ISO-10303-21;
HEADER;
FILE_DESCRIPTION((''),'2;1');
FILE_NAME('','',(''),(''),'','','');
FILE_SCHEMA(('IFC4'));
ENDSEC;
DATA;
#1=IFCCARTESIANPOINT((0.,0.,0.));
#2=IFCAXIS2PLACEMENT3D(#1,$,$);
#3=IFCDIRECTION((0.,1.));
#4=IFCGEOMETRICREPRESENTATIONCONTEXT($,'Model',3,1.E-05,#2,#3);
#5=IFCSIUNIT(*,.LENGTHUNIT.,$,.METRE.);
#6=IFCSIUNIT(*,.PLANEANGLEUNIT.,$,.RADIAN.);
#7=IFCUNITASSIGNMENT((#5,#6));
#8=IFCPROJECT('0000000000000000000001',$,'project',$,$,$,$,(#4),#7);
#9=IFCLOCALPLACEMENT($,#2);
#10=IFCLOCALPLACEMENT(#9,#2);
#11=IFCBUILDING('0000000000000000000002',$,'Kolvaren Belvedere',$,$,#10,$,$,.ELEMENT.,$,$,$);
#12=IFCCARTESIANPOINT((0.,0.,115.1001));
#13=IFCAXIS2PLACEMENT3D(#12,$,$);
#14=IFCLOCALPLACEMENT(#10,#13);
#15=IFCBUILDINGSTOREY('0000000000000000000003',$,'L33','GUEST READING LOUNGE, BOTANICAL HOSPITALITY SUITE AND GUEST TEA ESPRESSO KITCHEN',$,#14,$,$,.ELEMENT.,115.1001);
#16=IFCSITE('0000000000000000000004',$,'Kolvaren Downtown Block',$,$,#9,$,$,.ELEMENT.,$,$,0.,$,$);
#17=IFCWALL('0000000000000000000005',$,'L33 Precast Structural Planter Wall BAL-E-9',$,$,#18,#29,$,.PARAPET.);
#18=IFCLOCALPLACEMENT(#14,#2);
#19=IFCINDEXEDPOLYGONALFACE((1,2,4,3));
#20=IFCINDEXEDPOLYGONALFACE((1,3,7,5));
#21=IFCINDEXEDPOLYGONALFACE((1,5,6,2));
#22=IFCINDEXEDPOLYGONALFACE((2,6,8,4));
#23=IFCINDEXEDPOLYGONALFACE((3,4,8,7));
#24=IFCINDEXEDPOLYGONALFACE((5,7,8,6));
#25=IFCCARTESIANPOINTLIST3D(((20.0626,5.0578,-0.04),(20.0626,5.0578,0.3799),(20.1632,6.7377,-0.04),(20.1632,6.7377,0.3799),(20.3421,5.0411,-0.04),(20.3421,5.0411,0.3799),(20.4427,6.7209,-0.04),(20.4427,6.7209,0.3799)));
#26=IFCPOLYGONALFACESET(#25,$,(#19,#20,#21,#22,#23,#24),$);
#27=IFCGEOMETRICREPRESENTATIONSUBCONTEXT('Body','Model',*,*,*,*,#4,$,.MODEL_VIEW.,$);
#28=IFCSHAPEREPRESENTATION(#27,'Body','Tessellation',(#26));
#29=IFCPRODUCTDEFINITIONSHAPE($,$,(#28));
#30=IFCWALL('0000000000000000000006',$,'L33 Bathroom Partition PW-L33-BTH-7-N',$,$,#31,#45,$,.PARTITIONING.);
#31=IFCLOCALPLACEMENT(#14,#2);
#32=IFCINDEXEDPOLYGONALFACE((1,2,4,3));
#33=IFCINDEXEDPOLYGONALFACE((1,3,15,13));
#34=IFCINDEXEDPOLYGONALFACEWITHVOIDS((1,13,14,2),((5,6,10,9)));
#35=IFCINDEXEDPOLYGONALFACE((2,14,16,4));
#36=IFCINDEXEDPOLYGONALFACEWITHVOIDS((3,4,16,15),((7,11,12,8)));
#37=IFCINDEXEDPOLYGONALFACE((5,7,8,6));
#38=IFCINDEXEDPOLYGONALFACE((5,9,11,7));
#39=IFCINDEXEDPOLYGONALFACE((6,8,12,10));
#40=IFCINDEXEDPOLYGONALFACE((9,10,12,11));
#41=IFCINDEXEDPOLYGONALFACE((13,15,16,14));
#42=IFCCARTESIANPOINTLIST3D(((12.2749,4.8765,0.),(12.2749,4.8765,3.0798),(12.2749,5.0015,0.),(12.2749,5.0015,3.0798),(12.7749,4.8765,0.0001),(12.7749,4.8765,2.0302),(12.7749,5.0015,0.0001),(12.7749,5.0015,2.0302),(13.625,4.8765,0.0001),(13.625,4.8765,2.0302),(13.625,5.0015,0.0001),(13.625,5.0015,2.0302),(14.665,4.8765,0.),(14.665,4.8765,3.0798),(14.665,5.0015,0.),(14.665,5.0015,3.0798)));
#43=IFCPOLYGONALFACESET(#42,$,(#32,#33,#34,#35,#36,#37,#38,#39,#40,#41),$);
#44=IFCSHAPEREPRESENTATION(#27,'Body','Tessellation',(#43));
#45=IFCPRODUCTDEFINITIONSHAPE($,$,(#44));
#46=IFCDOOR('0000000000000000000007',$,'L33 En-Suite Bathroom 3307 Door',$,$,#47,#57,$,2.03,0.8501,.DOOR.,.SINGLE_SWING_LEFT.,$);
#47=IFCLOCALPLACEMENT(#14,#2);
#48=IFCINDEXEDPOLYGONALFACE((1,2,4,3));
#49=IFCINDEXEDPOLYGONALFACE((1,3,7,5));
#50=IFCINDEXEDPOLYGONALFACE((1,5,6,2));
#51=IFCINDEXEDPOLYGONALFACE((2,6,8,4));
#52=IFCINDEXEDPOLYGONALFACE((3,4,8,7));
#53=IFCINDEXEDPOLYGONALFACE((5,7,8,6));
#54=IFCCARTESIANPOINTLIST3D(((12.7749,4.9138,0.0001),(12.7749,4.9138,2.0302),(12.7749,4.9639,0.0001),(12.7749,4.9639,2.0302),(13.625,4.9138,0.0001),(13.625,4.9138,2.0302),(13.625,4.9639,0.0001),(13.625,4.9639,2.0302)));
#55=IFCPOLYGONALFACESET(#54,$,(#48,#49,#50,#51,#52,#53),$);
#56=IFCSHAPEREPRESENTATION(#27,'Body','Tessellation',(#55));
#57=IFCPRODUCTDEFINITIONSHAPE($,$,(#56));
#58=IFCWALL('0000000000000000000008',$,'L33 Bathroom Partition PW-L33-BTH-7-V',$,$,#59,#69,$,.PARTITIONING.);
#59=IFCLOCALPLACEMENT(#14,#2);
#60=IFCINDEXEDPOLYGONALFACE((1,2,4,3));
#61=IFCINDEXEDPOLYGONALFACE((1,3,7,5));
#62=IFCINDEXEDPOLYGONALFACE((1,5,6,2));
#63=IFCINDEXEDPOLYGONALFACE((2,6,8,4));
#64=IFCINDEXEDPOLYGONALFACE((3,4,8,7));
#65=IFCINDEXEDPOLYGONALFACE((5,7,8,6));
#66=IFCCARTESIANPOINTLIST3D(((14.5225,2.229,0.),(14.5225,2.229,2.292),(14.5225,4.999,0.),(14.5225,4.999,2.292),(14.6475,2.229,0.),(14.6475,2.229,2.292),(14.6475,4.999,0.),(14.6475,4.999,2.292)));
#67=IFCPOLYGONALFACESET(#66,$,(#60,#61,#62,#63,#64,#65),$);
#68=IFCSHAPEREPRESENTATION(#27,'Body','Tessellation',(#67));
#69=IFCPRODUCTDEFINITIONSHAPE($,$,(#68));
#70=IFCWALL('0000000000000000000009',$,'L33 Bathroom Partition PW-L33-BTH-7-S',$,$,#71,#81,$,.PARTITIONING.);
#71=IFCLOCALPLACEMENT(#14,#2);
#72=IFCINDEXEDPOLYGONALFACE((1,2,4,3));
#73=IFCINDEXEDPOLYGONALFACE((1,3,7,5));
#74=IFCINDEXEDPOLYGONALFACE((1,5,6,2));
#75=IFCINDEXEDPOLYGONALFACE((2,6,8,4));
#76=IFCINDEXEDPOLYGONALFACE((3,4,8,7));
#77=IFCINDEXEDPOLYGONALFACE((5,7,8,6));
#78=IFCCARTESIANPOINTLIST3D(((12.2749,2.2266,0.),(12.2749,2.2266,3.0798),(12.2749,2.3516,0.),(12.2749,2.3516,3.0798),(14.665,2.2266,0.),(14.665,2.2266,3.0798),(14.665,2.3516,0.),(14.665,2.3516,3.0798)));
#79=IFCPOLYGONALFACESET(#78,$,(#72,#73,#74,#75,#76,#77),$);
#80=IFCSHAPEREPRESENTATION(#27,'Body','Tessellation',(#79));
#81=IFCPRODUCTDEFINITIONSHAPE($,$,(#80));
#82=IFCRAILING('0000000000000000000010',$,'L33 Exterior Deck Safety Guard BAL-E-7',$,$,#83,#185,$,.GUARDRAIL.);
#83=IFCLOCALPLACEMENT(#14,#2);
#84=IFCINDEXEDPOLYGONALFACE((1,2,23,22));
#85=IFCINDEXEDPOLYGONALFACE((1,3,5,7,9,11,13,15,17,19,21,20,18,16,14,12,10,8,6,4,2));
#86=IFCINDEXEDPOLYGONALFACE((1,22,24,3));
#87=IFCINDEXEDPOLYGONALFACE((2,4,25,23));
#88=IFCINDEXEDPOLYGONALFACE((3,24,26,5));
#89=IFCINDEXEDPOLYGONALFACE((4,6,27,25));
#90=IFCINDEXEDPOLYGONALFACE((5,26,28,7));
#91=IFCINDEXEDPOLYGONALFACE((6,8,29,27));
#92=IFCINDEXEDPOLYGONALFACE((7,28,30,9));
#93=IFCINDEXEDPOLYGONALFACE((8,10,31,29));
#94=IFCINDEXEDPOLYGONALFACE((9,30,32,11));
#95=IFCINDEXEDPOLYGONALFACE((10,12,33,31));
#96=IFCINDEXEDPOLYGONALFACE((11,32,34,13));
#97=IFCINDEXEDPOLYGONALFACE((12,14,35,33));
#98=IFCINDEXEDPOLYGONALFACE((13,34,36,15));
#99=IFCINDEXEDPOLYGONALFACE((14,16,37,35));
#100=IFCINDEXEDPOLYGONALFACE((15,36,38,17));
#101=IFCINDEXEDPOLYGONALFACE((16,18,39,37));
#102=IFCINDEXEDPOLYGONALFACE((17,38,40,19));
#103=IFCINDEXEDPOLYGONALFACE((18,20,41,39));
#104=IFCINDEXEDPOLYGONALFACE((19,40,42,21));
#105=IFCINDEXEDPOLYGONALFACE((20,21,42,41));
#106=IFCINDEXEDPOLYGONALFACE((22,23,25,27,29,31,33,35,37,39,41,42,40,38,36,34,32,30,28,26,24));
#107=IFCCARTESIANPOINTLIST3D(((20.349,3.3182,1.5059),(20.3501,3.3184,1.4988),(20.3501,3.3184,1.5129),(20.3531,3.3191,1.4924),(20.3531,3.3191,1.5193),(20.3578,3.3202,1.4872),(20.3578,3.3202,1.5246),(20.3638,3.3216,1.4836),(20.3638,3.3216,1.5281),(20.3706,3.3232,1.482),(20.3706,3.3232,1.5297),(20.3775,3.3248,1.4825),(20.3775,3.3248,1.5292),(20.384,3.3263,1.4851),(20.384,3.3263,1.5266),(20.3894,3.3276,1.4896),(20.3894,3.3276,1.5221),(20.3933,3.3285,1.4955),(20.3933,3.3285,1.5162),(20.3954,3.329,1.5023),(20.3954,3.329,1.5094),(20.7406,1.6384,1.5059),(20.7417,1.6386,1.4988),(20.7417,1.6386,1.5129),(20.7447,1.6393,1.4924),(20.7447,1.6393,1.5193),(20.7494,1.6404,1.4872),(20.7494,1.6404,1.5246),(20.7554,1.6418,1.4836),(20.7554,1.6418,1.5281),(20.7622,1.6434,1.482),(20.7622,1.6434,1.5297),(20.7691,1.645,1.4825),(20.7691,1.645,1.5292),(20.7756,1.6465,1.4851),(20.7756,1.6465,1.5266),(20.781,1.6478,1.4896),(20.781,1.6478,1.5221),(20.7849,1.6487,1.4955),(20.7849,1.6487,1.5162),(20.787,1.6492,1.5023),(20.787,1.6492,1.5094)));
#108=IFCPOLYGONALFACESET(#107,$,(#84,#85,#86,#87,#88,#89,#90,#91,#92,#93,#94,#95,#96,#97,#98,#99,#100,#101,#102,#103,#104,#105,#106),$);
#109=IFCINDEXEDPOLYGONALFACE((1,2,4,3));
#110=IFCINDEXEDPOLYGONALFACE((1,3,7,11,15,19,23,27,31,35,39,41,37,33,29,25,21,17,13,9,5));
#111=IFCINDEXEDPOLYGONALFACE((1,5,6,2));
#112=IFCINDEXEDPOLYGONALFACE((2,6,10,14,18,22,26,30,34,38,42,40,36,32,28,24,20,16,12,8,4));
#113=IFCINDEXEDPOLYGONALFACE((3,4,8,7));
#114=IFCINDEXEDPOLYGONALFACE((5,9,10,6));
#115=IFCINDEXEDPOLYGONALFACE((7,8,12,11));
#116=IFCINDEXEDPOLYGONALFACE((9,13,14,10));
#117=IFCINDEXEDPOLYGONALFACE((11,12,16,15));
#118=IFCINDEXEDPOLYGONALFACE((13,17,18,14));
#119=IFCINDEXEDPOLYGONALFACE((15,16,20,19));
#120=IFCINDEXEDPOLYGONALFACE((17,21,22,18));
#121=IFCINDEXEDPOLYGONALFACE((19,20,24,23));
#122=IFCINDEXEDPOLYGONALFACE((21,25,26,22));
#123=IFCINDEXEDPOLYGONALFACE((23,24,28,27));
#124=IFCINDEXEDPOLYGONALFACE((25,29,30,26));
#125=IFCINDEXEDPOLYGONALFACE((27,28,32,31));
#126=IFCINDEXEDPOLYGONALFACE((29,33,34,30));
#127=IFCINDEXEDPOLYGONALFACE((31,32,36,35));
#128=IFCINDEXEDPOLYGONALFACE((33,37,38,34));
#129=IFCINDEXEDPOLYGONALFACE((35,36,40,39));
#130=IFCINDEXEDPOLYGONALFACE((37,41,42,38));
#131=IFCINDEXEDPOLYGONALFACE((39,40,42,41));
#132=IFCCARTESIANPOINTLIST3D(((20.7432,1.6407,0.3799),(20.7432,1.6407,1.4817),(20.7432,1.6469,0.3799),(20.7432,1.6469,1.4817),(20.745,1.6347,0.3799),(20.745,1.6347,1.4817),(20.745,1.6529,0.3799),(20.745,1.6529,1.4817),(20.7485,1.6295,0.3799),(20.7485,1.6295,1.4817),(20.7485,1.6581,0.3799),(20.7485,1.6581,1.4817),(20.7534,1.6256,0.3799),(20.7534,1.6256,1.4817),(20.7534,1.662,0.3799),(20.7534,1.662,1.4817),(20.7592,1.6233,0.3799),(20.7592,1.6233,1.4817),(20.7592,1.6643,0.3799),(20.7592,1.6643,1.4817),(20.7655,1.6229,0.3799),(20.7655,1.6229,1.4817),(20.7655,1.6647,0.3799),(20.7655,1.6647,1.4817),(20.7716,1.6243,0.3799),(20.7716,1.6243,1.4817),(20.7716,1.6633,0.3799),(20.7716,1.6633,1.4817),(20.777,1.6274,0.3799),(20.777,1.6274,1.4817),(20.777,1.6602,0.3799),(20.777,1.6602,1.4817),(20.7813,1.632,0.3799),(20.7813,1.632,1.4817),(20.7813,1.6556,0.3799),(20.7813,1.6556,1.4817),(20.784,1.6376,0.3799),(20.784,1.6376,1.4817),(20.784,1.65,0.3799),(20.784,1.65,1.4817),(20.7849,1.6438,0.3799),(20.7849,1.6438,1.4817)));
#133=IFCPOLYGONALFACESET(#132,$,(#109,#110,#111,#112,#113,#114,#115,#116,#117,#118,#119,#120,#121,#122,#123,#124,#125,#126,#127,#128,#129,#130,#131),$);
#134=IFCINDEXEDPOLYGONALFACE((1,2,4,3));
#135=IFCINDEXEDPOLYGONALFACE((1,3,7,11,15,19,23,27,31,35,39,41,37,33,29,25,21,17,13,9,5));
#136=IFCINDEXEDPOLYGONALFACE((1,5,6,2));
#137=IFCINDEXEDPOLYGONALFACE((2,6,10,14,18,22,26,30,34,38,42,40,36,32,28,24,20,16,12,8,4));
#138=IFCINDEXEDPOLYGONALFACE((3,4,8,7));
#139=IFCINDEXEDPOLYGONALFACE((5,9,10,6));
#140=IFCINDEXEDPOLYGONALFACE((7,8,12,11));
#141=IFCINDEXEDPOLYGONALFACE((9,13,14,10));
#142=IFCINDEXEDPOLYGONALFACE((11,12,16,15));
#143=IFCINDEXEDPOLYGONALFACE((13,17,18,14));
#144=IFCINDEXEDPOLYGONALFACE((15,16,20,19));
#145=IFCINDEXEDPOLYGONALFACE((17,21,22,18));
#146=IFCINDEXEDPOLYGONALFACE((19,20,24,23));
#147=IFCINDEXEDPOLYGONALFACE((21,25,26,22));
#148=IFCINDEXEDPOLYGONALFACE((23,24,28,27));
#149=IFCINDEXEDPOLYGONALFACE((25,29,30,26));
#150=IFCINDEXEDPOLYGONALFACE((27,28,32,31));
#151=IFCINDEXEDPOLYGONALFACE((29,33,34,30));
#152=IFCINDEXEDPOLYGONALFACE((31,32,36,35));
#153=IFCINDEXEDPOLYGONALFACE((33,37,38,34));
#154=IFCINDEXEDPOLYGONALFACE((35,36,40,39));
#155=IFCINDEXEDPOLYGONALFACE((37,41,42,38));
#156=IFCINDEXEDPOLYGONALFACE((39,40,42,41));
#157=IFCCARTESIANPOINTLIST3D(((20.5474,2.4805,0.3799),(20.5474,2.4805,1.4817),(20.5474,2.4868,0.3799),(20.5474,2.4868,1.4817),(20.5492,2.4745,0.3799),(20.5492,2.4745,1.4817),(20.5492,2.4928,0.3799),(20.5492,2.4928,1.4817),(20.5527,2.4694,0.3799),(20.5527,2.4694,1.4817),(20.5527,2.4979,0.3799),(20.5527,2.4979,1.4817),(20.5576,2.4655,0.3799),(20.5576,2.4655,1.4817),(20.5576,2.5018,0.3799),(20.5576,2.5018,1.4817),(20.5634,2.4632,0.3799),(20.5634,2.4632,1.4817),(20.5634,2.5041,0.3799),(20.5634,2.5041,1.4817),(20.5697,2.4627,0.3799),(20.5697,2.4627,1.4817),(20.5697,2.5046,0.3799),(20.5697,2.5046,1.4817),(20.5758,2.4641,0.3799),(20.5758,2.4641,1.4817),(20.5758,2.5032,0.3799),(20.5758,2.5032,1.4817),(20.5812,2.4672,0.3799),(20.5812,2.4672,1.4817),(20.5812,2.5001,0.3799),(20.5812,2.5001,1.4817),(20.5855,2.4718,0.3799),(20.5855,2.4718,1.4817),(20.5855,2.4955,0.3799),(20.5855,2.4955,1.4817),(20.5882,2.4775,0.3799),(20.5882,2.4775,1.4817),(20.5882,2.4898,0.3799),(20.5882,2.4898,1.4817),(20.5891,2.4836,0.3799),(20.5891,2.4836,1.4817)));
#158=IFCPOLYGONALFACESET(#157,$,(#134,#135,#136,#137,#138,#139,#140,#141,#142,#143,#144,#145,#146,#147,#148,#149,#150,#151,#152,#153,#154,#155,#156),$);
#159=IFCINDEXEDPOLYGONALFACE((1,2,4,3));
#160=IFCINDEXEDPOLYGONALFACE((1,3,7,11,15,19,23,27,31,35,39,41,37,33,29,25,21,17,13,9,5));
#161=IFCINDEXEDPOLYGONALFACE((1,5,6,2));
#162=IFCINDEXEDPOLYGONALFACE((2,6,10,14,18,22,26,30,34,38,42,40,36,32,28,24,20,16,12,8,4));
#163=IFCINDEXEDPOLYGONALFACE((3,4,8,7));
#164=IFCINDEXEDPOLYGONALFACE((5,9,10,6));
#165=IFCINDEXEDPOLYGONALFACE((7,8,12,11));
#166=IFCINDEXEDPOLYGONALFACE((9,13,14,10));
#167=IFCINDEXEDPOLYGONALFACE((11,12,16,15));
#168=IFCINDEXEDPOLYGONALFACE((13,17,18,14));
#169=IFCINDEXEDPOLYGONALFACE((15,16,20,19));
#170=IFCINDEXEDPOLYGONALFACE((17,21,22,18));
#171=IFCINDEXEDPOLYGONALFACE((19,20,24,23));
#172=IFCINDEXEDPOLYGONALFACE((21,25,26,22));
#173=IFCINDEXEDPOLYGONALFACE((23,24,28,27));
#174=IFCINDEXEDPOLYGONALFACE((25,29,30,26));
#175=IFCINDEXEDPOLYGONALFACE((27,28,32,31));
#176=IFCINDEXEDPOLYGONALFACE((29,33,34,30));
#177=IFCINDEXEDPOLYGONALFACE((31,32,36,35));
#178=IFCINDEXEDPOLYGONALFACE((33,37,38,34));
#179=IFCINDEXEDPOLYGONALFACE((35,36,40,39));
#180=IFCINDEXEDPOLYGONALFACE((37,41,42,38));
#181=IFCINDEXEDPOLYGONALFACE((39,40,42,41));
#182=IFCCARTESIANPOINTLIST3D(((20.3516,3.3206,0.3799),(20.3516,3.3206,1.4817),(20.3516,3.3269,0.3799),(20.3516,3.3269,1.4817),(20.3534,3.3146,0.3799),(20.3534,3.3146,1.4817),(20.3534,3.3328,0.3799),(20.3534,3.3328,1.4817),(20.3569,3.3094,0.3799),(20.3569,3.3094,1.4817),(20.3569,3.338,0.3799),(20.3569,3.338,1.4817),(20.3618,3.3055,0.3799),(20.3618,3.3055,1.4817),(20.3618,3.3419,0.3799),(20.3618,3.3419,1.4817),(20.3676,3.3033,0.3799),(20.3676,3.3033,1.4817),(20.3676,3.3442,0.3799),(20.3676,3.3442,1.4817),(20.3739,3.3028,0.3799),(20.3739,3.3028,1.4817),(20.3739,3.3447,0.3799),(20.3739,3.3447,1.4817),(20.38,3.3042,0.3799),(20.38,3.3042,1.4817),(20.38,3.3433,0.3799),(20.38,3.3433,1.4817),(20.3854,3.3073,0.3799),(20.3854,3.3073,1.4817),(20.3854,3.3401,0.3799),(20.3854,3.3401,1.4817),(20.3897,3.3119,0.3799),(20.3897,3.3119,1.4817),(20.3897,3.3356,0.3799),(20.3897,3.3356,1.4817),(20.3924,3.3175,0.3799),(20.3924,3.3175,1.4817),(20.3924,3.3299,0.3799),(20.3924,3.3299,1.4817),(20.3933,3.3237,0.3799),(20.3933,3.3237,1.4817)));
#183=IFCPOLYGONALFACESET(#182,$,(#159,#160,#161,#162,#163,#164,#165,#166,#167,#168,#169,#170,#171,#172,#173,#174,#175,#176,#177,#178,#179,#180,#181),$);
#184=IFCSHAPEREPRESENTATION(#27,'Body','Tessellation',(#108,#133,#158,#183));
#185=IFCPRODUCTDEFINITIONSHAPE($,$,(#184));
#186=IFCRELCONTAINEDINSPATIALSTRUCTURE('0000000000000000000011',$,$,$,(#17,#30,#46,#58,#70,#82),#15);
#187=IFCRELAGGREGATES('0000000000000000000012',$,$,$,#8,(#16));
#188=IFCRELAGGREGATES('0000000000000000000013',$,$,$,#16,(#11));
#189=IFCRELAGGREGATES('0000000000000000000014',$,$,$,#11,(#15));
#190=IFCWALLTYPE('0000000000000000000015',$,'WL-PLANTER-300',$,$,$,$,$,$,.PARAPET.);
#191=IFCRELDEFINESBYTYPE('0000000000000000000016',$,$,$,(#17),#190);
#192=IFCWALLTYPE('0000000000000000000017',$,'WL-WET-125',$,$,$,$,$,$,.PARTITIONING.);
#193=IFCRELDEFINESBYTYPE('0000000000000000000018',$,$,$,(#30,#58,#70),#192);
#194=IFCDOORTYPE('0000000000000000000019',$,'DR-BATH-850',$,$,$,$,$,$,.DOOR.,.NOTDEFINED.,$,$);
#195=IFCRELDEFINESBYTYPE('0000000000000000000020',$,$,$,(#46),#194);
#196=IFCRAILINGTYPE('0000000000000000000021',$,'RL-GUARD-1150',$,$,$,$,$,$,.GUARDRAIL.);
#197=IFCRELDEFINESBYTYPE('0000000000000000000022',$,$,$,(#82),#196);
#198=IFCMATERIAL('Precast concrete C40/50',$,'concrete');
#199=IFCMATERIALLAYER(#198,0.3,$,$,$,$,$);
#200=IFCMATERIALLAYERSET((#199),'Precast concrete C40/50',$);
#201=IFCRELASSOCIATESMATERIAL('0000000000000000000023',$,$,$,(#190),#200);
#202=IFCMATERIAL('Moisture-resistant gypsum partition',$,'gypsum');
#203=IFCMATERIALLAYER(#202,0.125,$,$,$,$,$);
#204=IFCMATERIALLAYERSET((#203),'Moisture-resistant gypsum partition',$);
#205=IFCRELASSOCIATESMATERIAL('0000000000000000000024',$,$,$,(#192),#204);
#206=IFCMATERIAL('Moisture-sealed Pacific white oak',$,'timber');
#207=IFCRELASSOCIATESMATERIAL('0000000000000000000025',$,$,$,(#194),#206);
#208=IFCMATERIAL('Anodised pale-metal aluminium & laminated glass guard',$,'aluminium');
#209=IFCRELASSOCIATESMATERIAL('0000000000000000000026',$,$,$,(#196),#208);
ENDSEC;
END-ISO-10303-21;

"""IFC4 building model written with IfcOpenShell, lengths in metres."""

from ifc_helpers import new_model, si_unit, direction, frame, frame_2d, origin, origin_2d, place, context, subcontext, project, spatial, rectangle, circle, extrude, material, layer, layer_set, type_object, element, fill, save


model = new_model("IFC4")

# Units and contexts
model_context = context("Model", 3, precision=1e-05, world=origin(), true_north=direction((0.0, 1.0)))
body_context = subcontext(model_context, "Body", "Model", "MODEL_VIEW")
ifc_project = project(units=[si_unit("LENGTHUNIT", "METRE"), si_unit("PLANEANGLEUNIT", "RADIAN")], contexts=[model_context])

# Site, building, storey
site_placement = place(None, origin())
site = spatial("IfcSite", under=ifc_project, at=site_placement, Name="Kolvaren Downtown Block", CompositionType="ELEMENT", RefElevation=0.0)
building_placement = place(site_placement, origin())
building = spatial("IfcBuilding", under=site, at=building_placement, Name="Kolvaren Belvedere", CompositionType="ELEMENT")
storey_placement = place(building_placement, frame((0.0, 0.0, 115.1001)))
storey = spatial("IfcBuildingStorey", under=building, at=storey_placement, Name="L33", Description="GUEST READING LOUNGE, BOTANICAL HOSPITALITY SUITE AND GUEST TEA ESPRESSO KITCHEN", CompositionType="ELEMENT", Elevation=115.1001)

# Wall
ifc_material_1 = material(Name="Precast concrete C40/50", Category="concrete")
ifc_layer_1 = layer(ifc_material_1, 0.3)
ifc_layer_set_1 = layer_set([ifc_layer_1], Name="Precast concrete C40/50")
wall_type_1 = type_object("IfcWallType", Name="WL-PLANTER-300", PredefinedType="PARAPET", material=ifc_layer_set_1)
wall_1_placement = place(storey_placement, frame((20.2024, 5.0496, -0.04), z_axis=(0.0, 0.0, 1.0), x_axis=(0.059768, 0.998212, 0.0)))
element("IfcWall", 1, at=wall_1_placement, inside=storey, type_object=wall_type_1, Name="L33 Precast Structural Planter Wall BAL-E-9", PredefinedType="PARAPET", context=body_context, shape_type="SweptSolid", body=[
    extrude(rectangle(XDim=1.6829, YDim=0.28, at=frame_2d((0.8413, 0.0))), origin(), (0.0, 0.0, 1.0), 0.4199),
])

# Wall, opening, door
ifc_material_2 = material(Name="Moisture-resistant gypsum partition", Category="gypsum")
ifc_layer_2 = layer(ifc_material_2, 0.125)
ifc_layer_set_2 = layer_set([ifc_layer_2], Name="Moisture-resistant gypsum partition")
wall_type_2 = type_object("IfcWallType", Name="WL-WET-125", PredefinedType="PARTITIONING", material=ifc_layer_set_2)
wall_2_placement = place(storey_placement, frame((12.2749, 4.939, 0.0), z_axis=(0.0, 0.0, 1.0), x_axis=(1.0, 0.0, 0.0)))
wall_2 = element("IfcWall", 2, at=wall_2_placement, inside=storey, type_object=wall_type_2, Name="L33 Bathroom Partition PW-L33-BTH-7-N", PredefinedType="PARTITIONING", context=body_context, shape_type="SweptSolid", body=[
    extrude(rectangle(XDim=2.3901, YDim=0.125, at=frame_2d((1.1951, 0.0))), origin(), (0.0, 0.0, 1.0), 3.0798),
])
opening_1_placement = place(wall_2_placement, frame((0.5, 0.0, 0.0)))
opening_1 = element("IfcOpeningElement", 3, at=opening_1_placement, cuts=wall_2, PredefinedType="OPENING", context=body_context, shape_type="SweptSolid", body=[
    extrude(rectangle(XDim=0.8501, YDim=2.03, at=frame_2d((0.425, 1.0151))), frame((0.0, 0.0725, 0.0), z_axis=(0.0, -1.0, 0.0), x_axis=(1.0, 0.0, 0.0)), (0.0, 0.0, 1.0), 0.145),
])
ifc_material_3 = material(Name="Moisture-sealed Pacific white oak", Category="timber")
door_type_1 = type_object("IfcDoorType", Name="DR-BATH-850", OperationType="NOTDEFINED", PredefinedType="DOOR", material=ifc_material_3)
door_1_placement = place(opening_1_placement, origin())
door_1 = element("IfcDoor", 4, at=door_1_placement, inside=storey, type_object=door_type_1, Name="L33 En-Suite Bathroom 3307 Door", OperationType="SINGLE_SWING_LEFT", OverallHeight=2.03, OverallWidth=0.8501, PredefinedType="DOOR", context=body_context, shape_type="SweptSolid", body=[
    extrude(rectangle(XDim=0.8501, YDim=2.03, at=frame_2d((0.425, 1.0151))), frame((0.0, 0.0249, 0.0), z_axis=(0.0, -1.0, 0.0), x_axis=(1.0, 0.0, 0.0)), (0.0, 0.0, 1.0), 0.05),
])
fill(opening_1, door_1)

# Walls
wall_3_placement = place(storey_placement, frame((14.585, 2.229, 0.0), z_axis=(0.0, 0.0, 1.0), x_axis=(0.0, 1.0, 0.0)))
element("IfcWall", 5, at=wall_3_placement, inside=storey, type_object=wall_type_2, Name="L33 Bathroom Partition PW-L33-BTH-7-V", PredefinedType="PARTITIONING", context=body_context, shape_type="SweptSolid", body=[
    extrude(rectangle(XDim=2.77, YDim=0.125, at=frame_2d((1.385, 0.0))), origin(), (0.0, 0.0, 1.0), 2.292),
])
wall_4_placement = place(storey_placement, frame((12.2749, 2.2891, 0.0), z_axis=(0.0, 0.0, 1.0), x_axis=(1.0, 0.0, 0.0)))
element("IfcWall", 6, at=wall_4_placement, inside=storey, type_object=wall_type_2, Name="L33 Bathroom Partition PW-L33-BTH-7-S", PredefinedType="PARTITIONING", context=body_context, shape_type="SweptSolid", body=[
    extrude(rectangle(XDim=2.3901, YDim=0.125, at=frame_2d((1.1951, 0.0))), origin(), (0.0, 0.0, 1.0), 3.0798),
])

# Railing
ifc_material_4 = material(Name="Anodised pale-metal aluminium & laminated glass guard", Category="aluminium")
railing_type = type_object("IfcRailingType", Name="RL-GUARD-1150", PredefinedType="GUARDRAIL", material=ifc_material_4)
railing_1_placement = place(storey_placement, frame((20.7639, 1.6438, 0.3799)))
element("IfcRailing", 7, at=railing_1_placement, inside=storey, type_object=railing_type, Name="L33 Exterior Deck Safety Guard BAL-E-7", PredefinedType="GUARDRAIL", context=body_context, shape_type="SweptSolid", body=[
    extrude(circle(Radius=0.0239, at=origin_2d()), frame((0.0, 0.0, 1.126), z_axis=(-0.227019, 0.97389, 0.0), x_axis=(-0.97389, -0.227019, 0.0)), (0.0, 0.0, 1.0), 1.7249),
    extrude(circle(Radius=0.021, at=origin_2d()), origin(), (0.0, 0.0, 1.0), 1.1018),
    extrude(circle(Radius=0.021, at=origin_2d()), frame((-0.1958, 0.8398, 0.0)), (0.0, 0.0, 1.0), 1.1018),
    extrude(circle(Radius=0.021, at=origin_2d()), frame((-0.3916, 1.6799, 0.0)), (0.0, 0.0, 1.0), 1.1018),
])

save(model, "model.ifc")
